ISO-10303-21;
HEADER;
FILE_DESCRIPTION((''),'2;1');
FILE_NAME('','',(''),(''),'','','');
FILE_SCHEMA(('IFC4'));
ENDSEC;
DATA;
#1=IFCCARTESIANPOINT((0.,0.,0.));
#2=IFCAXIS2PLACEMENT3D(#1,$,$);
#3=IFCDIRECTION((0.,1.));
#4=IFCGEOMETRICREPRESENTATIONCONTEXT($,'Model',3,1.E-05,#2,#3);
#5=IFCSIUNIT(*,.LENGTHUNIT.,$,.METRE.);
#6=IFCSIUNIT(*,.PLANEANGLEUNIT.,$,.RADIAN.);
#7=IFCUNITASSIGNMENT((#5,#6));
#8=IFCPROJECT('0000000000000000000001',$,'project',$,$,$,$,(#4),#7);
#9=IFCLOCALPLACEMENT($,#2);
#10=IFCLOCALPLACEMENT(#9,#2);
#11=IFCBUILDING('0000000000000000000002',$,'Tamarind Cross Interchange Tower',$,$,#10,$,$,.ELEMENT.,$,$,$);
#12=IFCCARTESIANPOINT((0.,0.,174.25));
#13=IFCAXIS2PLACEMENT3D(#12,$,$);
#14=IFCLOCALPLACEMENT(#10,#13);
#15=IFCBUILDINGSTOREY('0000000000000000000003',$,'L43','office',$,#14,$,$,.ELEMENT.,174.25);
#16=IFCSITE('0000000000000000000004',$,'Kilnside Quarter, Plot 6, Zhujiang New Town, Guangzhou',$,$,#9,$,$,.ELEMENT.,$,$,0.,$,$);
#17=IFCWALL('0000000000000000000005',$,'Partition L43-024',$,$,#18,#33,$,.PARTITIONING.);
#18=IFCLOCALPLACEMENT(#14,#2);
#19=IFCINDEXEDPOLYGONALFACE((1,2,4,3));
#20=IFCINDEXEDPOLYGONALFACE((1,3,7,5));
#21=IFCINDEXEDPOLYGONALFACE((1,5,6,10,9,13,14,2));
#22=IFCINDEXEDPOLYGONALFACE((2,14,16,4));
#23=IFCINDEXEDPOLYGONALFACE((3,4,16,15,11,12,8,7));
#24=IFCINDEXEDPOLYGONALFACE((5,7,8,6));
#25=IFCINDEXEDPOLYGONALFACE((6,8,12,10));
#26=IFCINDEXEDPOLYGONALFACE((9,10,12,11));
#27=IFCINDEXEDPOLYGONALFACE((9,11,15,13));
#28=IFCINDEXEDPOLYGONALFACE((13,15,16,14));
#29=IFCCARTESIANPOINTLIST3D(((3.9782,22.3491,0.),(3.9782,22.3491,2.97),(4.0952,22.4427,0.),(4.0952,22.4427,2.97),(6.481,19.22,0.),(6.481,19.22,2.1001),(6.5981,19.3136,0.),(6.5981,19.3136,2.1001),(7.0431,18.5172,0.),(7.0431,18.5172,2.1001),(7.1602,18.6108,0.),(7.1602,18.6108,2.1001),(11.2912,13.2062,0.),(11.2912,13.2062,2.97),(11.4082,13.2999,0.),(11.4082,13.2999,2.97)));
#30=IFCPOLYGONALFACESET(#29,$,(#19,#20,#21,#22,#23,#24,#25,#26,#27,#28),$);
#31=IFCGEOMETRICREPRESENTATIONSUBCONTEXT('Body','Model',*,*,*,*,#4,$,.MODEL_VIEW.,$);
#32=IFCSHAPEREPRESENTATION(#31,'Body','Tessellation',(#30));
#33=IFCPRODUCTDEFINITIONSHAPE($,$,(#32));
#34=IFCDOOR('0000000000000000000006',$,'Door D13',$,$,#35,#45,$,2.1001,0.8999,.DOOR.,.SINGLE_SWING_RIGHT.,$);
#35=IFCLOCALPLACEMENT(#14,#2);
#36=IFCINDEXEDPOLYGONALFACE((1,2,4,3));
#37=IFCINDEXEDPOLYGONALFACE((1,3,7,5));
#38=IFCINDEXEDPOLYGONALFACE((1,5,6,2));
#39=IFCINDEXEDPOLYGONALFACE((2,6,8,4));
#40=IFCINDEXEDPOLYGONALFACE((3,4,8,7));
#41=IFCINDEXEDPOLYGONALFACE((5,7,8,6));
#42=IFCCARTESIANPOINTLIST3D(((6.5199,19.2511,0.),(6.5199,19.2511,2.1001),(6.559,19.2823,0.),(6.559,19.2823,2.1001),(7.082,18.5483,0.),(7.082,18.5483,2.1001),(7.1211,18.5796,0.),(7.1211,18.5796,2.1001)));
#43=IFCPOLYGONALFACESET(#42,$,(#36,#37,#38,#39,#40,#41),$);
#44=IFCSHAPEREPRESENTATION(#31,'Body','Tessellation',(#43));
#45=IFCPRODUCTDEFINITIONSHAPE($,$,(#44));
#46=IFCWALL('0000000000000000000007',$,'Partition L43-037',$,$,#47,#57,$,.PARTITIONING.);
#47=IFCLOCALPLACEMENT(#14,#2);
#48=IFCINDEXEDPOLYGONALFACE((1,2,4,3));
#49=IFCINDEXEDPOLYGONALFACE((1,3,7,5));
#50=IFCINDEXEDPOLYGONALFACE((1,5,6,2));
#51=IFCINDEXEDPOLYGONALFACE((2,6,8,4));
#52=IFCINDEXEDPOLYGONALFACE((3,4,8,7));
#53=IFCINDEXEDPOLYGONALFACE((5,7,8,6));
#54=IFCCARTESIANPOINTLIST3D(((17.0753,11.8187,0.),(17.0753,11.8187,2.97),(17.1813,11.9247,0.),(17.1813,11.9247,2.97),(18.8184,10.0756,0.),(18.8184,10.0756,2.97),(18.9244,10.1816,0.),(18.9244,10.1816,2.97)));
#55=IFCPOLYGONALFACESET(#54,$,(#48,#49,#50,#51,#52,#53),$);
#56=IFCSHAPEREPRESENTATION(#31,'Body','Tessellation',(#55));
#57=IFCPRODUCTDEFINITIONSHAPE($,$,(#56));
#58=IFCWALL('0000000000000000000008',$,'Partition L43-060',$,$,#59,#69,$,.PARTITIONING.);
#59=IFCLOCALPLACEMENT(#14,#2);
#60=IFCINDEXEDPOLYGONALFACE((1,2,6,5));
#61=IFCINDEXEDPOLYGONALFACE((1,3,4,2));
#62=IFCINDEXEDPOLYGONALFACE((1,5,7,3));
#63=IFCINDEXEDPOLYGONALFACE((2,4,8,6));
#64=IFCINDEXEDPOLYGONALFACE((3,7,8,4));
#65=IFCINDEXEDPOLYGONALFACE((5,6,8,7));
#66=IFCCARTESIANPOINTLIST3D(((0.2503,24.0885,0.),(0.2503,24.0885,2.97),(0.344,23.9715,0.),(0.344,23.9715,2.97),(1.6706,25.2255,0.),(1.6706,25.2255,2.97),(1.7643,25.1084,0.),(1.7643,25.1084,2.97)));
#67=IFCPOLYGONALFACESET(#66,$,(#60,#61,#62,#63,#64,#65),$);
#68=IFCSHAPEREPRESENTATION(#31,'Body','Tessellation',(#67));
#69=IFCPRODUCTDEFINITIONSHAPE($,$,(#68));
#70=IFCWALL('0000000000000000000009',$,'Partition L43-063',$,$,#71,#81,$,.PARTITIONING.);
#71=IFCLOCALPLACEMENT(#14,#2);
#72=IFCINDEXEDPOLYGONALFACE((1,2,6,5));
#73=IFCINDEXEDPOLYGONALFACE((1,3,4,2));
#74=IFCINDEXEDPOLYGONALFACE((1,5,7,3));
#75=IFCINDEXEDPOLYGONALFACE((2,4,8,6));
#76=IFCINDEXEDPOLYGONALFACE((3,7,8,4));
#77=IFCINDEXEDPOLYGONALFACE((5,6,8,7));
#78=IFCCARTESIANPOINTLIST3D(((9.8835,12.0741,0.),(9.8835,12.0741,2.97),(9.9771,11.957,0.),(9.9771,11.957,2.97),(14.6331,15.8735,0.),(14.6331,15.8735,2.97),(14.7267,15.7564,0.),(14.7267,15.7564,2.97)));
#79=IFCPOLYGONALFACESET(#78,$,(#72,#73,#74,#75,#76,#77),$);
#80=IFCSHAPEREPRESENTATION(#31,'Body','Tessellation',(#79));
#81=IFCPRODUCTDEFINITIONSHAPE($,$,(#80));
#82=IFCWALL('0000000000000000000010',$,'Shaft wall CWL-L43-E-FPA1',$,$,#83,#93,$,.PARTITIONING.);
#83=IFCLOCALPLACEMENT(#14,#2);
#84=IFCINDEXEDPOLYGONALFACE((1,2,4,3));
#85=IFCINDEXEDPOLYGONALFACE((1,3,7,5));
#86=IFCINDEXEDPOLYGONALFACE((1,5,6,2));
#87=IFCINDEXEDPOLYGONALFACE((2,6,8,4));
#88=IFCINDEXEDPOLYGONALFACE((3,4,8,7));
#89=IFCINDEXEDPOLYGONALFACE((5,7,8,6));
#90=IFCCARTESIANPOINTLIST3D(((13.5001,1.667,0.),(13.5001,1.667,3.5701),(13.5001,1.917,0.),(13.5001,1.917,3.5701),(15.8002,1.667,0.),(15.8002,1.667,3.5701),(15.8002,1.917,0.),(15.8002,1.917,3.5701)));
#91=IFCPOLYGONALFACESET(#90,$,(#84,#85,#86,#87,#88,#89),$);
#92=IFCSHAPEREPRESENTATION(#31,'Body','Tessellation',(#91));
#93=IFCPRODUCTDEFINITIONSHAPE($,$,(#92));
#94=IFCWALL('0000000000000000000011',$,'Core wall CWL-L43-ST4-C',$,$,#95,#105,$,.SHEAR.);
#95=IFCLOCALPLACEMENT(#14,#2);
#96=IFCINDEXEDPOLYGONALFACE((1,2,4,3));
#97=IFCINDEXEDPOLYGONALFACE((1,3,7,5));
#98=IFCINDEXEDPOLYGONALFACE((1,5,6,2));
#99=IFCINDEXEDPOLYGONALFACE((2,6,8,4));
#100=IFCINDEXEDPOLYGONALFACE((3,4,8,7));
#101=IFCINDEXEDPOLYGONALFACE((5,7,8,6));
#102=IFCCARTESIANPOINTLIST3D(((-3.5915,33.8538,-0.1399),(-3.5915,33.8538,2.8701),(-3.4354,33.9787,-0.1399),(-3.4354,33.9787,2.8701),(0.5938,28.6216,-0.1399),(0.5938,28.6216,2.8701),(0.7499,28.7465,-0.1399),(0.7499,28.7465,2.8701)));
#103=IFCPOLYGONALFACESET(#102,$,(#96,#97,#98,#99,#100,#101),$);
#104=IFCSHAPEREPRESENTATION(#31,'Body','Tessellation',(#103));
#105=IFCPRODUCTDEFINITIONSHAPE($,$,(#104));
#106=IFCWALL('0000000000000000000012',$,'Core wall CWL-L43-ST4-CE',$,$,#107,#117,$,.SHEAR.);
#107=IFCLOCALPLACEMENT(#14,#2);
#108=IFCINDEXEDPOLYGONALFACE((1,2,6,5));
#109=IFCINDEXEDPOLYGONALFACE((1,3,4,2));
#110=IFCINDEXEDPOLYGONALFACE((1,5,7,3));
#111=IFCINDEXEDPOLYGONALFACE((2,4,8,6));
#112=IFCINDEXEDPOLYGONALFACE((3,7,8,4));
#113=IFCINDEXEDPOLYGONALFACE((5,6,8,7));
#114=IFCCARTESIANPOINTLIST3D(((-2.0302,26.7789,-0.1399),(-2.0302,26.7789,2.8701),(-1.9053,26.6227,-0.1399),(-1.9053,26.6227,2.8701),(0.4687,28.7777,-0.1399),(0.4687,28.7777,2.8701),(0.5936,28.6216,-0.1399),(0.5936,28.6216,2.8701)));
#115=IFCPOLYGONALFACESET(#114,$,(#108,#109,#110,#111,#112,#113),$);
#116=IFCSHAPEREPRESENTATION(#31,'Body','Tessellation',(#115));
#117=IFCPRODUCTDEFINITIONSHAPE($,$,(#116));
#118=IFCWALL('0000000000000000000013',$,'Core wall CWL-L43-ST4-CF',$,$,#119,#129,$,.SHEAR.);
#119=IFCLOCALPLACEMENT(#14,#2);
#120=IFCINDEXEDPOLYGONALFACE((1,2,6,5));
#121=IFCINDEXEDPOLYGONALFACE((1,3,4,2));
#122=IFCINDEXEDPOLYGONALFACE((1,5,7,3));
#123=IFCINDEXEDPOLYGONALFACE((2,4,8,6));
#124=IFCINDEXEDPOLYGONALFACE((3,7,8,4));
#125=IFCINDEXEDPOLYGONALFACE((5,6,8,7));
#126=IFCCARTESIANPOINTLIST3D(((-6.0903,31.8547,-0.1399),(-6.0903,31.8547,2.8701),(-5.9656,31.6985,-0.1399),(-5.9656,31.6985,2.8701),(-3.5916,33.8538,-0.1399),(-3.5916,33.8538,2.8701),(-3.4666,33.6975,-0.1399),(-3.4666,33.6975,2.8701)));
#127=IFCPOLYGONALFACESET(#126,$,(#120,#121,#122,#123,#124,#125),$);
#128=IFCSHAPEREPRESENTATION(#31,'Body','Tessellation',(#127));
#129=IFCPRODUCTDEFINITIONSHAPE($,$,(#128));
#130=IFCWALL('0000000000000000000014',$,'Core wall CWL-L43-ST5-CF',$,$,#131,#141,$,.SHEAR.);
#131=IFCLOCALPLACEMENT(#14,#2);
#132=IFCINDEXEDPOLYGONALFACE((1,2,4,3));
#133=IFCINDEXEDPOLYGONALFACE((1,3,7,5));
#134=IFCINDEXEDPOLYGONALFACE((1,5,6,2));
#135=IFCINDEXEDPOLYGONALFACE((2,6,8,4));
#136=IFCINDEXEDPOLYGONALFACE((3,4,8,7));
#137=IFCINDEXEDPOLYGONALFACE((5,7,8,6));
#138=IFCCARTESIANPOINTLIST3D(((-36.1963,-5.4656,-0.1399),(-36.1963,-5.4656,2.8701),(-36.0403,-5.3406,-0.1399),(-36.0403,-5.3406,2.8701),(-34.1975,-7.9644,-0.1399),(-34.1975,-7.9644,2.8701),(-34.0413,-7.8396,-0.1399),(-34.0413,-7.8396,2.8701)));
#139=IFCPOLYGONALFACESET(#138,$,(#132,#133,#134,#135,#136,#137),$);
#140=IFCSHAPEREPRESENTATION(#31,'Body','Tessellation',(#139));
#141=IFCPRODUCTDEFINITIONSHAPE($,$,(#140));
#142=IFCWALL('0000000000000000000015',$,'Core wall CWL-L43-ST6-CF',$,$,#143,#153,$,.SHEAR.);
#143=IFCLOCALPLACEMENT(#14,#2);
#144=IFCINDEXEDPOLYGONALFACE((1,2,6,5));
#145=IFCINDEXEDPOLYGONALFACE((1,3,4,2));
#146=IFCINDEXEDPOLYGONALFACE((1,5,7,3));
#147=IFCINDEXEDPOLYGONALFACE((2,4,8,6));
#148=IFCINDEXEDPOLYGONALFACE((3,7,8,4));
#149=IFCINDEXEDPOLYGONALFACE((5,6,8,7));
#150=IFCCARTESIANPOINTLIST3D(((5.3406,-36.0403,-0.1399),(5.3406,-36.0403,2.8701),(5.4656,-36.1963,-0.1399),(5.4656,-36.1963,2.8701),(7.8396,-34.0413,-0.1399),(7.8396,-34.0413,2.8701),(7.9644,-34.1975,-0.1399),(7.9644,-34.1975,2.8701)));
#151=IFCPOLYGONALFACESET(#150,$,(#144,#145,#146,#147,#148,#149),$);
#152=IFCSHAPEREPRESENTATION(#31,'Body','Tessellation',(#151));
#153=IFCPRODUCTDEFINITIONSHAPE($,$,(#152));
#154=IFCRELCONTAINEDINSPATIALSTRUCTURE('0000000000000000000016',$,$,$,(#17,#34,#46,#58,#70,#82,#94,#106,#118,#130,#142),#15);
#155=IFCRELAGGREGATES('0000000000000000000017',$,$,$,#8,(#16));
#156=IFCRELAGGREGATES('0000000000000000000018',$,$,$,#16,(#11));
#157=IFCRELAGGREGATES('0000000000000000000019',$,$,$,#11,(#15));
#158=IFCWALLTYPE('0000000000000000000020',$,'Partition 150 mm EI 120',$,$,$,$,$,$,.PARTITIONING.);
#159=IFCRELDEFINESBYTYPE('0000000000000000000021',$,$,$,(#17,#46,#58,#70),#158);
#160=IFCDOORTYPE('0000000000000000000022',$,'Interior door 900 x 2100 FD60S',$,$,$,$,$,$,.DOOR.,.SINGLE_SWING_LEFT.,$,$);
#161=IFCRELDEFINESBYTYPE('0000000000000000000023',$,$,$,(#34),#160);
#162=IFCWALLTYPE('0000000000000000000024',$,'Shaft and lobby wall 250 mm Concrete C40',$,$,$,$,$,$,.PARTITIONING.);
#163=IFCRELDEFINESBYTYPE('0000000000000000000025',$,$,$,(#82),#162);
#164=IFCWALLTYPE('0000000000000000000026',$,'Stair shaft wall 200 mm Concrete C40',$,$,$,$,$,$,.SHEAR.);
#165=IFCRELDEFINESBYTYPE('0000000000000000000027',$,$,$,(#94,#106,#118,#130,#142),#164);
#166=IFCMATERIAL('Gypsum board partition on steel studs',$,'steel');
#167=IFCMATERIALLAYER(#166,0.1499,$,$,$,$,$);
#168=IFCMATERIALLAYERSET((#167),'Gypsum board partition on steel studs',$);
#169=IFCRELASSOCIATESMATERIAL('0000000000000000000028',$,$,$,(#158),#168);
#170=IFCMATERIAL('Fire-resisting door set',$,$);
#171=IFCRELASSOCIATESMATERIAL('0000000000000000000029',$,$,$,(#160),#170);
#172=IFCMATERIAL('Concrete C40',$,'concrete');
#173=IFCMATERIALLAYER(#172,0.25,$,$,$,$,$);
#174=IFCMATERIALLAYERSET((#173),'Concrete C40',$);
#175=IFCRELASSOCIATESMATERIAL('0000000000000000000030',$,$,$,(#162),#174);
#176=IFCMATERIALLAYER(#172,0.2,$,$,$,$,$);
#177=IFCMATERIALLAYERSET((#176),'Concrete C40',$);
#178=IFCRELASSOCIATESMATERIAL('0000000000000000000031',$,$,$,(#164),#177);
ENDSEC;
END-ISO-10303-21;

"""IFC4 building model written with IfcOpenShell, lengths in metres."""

from ifc_helpers import new_model, si_unit, direction, frame, frame_2d, origin, place, context, subcontext, project, spatial, polyline, rectangle, outline, extrude, material, layer, layer_set, type_object, element, fill, save


model = new_model("IFC4")

# Units and contexts
model_context = context("Model", 3, precision=1e-05, world=origin(), true_north=direction((0.0, 1.0)))
body_context = subcontext(model_context, "Body", "Model", "MODEL_VIEW")
ifc_project = project(units=[si_unit("LENGTHUNIT", "METRE"), si_unit("PLANEANGLEUNIT", "RADIAN")], contexts=[model_context])

# Site, building, storey
site_placement = place(None, origin())
site = spatial("IfcSite", under=ifc_project, at=site_placement, Name="Kilnside Quarter, Plot 6, Zhujiang New Town, Guangzhou", CompositionType="ELEMENT", RefElevation=0.0)
building_placement = place(site_placement, origin())
building = spatial("IfcBuilding", under=site, at=building_placement, Name="Tamarind Cross Interchange Tower", CompositionType="ELEMENT")
storey_placement = place(building_placement, frame((0.0, 0.0, 174.25)))
storey = spatial("IfcBuildingStorey", under=building, at=storey_placement, Name="L43", Description="office", CompositionType="ELEMENT", Elevation=174.25)

# Shared definitions
ifc_material_1 = material(Name="Concrete C40", Category="concrete")

# Shared definitions
ifc_material_2 = material(Name="Gypsum board partition on steel studs", Category="steel")

# Wall, opening, door
ifc_layer_1 = layer(ifc_material_2, 0.1499)
ifc_layer_set_1 = layer_set([ifc_layer_1], Name="Gypsum board partition on steel studs")
wall_type_1 = type_object("IfcWallType", Name="Partition 150 mm EI 120", PredefinedType="PARTITIONING", material=ifc_layer_set_1)
ifc_material_3 = material(Name="Fire-resisting door set")
door_type = type_object("IfcDoorType", Name="Interior door 900 x 2100 FD60S", OperationType="SINGLE_SWING_LEFT", PredefinedType="DOOR", material=ifc_material_3)
wall_1_placement = place(storey_placement, frame((4.0366, 22.396, 0.0), z_axis=(0.0, 0.0, 1.0), x_axis=(0.624629, -0.780922, 0.0)))
wall_1 = element("IfcWall", 1, at=wall_1_placement, inside=storey, type_object=wall_type_1, Name="Partition L43-024", PredefinedType="PARTITIONING", context=body_context, shape_type="SweptSolid", body=[
    extrude(rectangle(XDim=11.7078, YDim=0.1499, at=frame_2d((5.854, 0.0))), origin(), (0.0, 0.0, 1.0), 2.97),
])
opening_1_placement = place(wall_1_placement, frame((4.0071, 0.0, 0.0)))
opening_1 = element("IfcOpeningElement", 2, at=opening_1_placement, cuts=wall_1, PredefinedType="OPENING", context=body_context, shape_type="SweptSolid", body=[
    extrude(rectangle(XDim=0.8999, YDim=2.1001, at=frame_2d((0.45, 1.05))), frame((0.0, 0.085, 0.0), z_axis=(0.0, -1.0, 0.0), x_axis=(1.0, 0.0, 0.0)), (0.0, 0.0, 1.0), 0.1699),
])
door_1_placement = place(opening_1_placement, origin())
door_1 = element("IfcDoor", 3, at=door_1_placement, inside=storey, type_object=door_type, Name="Door D13", OperationType="SINGLE_SWING_RIGHT", OverallHeight=2.1001, OverallWidth=0.8999, PredefinedType="DOOR", context=body_context, shape_type="SweptSolid", body=[
    extrude(rectangle(XDim=0.8999, YDim=2.1001, at=frame_2d((0.45, 1.05))), frame((0.0, 0.0249, 0.0), z_axis=(0.0, -1.0, 0.0), x_axis=(1.0, 0.0, 0.0)), (0.0, 0.0, 1.0), 0.05),
])
fill(opening_1, door_1)

# Walls
wall_2_placement = place(storey_placement, frame((17.1284, 11.8716, 0.0), z_axis=(0.0, 0.0, 1.0), x_axis=(0.707107, -0.707107, 0.0)))
element("IfcWall", 4, at=wall_2_placement, inside=storey, type_object=wall_type_1, Name="Partition L43-037", PredefinedType="PARTITIONING", context=body_context, shape_type="SweptSolid", body=[
    extrude(rectangle(XDim=2.4651, YDim=0.1499, at=frame_2d((1.2324, 0.0))), origin(), (0.0, 0.0, 1.0), 2.97),
])
wall_3_placement = place(storey_placement, frame((0.2971, 24.03, 0.0), z_axis=(0.0, 0.0, 1.0), x_axis=(0.780699, 0.624908, 0.0)))
element("IfcWall", 5, at=wall_3_placement, inside=storey, type_object=wall_type_1, Name="Partition L43-060", PredefinedType="PARTITIONING", context=body_context, shape_type="SweptSolid", body=[
    extrude(rectangle(XDim=1.8193, YDim=0.1499, at=frame_2d((0.9097, 0.0))), origin(), (0.0, 0.0, 1.0), 2.97),
])
wall_4_placement = place(storey_placement, frame((9.9304, 12.0156, 0.0), z_axis=(0.0, 0.0, 1.0), x_axis=(0.780892, 0.624666, 0.0)))
element("IfcWall", 6, at=wall_4_placement, inside=storey, type_object=wall_type_1, Name="Partition L43-063", PredefinedType="PARTITIONING", context=body_context, shape_type="SweptSolid", body=[
    extrude(rectangle(XDim=6.0823, YDim=0.1499, at=frame_2d((3.041, 0.0))), origin(), (0.0, 0.0, 1.0), 2.97),
])
ifc_layer_2 = layer(ifc_material_1, 0.25)
ifc_layer_set_2 = layer_set([ifc_layer_2], Name="Concrete C40")
wall_type_2 = type_object("IfcWallType", Name="Shaft and lobby wall 250 mm Concrete C40", PredefinedType="PARTITIONING", material=ifc_layer_set_2)
wall_5_placement = place(storey_placement, frame((15.8, 1.792, 0.0), z_axis=(0.0, 0.0, 1.0), x_axis=(-1.0, 0.0, 0.0)))
element("IfcWall", 7, at=wall_5_placement, inside=storey, type_object=wall_type_2, Name="Shaft wall CWL-L43-E-FPA1", PredefinedType="PARTITIONING", context=body_context, shape_type="SweptSolid", body=[
    extrude(rectangle(XDim=2.3, YDim=0.25, at=frame_2d((1.1499, 0.0))), origin(), (0.0, 0.0, 1.0), 3.5701),
])
ifc_layer_3 = layer(ifc_material_1, 0.2)
ifc_layer_set_3 = layer_set([ifc_layer_3], Name="Concrete C40")
wall_type_3 = type_object("IfcWallType", Name="Stair shaft wall 200 mm Concrete C40", PredefinedType="SHEAR", material=ifc_layer_set_3)
wall_6_placement = place(storey_placement, frame((0.6719, 28.6841, -0.1399), z_axis=(0.0, 0.0, 1.0), x_axis=(-0.624655, 0.780901, 0.0)))
element("IfcWall", 8, at=wall_6_placement, inside=storey, type_object=wall_type_3, Name="Core wall CWL-L43-ST4-C", PredefinedType="SHEAR", context=body_context, shape_type="SweptSolid", body=[
    extrude(rectangle(XDim=6.7002, YDim=0.2, at=frame_2d((3.3501, 0.0))), origin(), (0.0, 0.0, 1.0), 3.01),
])
wall_7_placement = place(storey_placement, frame((0.5312, 28.6997, -0.1399), z_axis=(0.0, 0.0, 1.0), x_axis=(-0.780906, -0.624649, 0.0)))
element("IfcWall", 9, at=wall_7_placement, inside=storey, type_object=wall_type_3, Name="Core wall CWL-L43-ST4-CE", PredefinedType="SHEAR", context=body_context, shape_type="SweptSolid", body=[
    extrude(rectangle(XDim=3.2, YDim=0.2, at=frame_2d((1.6001, 0.0))), origin(), (0.0, 0.0, 1.0), 3.01),
])
wall_8_placement = place(storey_placement, frame((0.0, 0.0, -0.1399)))
element("IfcWall", 10, at=wall_8_placement, inside=storey, type_object=wall_type_3, Name="Core wall CWL-L43-ST4-CF", PredefinedType="SHEAR", context=body_context, shape_type="SweptSolid", body=[
    extrude(outline(polyline([(-3.4666, 33.6975), (-3.5916, 33.8538), (-6.0903, 31.8547), (-5.9656, 31.6985), (-3.4666, 33.6975)])), origin(), (0.0, 0.0, 1.0), 3.01),
])
wall_9_placement = place(storey_placement, frame((0.0, 0.0, -0.1399)))
element("IfcWall", 11, at=wall_9_placement, inside=storey, type_object=wall_type_3, Name="Core wall CWL-L43-ST5-CF", PredefinedType="SHEAR", context=body_context, shape_type="SweptSolid", body=[
    extrude(outline(polyline([(-36.0403, -5.3406), (-36.1963, -5.4656), (-34.1975, -7.9644), (-34.0413, -7.8396), (-36.0403, -5.3406)])), origin(), (0.0, 0.0, 1.0), 3.01),
])
wall_10_placement = place(storey_placement, frame((0.0, 0.0, -0.1399)))
element("IfcWall", 12, at=wall_10_placement, inside=storey, type_object=wall_type_3, Name="Core wall CWL-L43-ST6-CF", PredefinedType="SHEAR", context=body_context, shape_type="SweptSolid", body=[
    extrude(outline(polyline([(5.3406, -36.0403), (5.4656, -36.1963), (7.9644, -34.1975), (7.8396, -34.0413), (5.3406, -36.0403)])), origin(), (0.0, 0.0, 1.0), 3.01),
])

save(model, "model.ifc")
